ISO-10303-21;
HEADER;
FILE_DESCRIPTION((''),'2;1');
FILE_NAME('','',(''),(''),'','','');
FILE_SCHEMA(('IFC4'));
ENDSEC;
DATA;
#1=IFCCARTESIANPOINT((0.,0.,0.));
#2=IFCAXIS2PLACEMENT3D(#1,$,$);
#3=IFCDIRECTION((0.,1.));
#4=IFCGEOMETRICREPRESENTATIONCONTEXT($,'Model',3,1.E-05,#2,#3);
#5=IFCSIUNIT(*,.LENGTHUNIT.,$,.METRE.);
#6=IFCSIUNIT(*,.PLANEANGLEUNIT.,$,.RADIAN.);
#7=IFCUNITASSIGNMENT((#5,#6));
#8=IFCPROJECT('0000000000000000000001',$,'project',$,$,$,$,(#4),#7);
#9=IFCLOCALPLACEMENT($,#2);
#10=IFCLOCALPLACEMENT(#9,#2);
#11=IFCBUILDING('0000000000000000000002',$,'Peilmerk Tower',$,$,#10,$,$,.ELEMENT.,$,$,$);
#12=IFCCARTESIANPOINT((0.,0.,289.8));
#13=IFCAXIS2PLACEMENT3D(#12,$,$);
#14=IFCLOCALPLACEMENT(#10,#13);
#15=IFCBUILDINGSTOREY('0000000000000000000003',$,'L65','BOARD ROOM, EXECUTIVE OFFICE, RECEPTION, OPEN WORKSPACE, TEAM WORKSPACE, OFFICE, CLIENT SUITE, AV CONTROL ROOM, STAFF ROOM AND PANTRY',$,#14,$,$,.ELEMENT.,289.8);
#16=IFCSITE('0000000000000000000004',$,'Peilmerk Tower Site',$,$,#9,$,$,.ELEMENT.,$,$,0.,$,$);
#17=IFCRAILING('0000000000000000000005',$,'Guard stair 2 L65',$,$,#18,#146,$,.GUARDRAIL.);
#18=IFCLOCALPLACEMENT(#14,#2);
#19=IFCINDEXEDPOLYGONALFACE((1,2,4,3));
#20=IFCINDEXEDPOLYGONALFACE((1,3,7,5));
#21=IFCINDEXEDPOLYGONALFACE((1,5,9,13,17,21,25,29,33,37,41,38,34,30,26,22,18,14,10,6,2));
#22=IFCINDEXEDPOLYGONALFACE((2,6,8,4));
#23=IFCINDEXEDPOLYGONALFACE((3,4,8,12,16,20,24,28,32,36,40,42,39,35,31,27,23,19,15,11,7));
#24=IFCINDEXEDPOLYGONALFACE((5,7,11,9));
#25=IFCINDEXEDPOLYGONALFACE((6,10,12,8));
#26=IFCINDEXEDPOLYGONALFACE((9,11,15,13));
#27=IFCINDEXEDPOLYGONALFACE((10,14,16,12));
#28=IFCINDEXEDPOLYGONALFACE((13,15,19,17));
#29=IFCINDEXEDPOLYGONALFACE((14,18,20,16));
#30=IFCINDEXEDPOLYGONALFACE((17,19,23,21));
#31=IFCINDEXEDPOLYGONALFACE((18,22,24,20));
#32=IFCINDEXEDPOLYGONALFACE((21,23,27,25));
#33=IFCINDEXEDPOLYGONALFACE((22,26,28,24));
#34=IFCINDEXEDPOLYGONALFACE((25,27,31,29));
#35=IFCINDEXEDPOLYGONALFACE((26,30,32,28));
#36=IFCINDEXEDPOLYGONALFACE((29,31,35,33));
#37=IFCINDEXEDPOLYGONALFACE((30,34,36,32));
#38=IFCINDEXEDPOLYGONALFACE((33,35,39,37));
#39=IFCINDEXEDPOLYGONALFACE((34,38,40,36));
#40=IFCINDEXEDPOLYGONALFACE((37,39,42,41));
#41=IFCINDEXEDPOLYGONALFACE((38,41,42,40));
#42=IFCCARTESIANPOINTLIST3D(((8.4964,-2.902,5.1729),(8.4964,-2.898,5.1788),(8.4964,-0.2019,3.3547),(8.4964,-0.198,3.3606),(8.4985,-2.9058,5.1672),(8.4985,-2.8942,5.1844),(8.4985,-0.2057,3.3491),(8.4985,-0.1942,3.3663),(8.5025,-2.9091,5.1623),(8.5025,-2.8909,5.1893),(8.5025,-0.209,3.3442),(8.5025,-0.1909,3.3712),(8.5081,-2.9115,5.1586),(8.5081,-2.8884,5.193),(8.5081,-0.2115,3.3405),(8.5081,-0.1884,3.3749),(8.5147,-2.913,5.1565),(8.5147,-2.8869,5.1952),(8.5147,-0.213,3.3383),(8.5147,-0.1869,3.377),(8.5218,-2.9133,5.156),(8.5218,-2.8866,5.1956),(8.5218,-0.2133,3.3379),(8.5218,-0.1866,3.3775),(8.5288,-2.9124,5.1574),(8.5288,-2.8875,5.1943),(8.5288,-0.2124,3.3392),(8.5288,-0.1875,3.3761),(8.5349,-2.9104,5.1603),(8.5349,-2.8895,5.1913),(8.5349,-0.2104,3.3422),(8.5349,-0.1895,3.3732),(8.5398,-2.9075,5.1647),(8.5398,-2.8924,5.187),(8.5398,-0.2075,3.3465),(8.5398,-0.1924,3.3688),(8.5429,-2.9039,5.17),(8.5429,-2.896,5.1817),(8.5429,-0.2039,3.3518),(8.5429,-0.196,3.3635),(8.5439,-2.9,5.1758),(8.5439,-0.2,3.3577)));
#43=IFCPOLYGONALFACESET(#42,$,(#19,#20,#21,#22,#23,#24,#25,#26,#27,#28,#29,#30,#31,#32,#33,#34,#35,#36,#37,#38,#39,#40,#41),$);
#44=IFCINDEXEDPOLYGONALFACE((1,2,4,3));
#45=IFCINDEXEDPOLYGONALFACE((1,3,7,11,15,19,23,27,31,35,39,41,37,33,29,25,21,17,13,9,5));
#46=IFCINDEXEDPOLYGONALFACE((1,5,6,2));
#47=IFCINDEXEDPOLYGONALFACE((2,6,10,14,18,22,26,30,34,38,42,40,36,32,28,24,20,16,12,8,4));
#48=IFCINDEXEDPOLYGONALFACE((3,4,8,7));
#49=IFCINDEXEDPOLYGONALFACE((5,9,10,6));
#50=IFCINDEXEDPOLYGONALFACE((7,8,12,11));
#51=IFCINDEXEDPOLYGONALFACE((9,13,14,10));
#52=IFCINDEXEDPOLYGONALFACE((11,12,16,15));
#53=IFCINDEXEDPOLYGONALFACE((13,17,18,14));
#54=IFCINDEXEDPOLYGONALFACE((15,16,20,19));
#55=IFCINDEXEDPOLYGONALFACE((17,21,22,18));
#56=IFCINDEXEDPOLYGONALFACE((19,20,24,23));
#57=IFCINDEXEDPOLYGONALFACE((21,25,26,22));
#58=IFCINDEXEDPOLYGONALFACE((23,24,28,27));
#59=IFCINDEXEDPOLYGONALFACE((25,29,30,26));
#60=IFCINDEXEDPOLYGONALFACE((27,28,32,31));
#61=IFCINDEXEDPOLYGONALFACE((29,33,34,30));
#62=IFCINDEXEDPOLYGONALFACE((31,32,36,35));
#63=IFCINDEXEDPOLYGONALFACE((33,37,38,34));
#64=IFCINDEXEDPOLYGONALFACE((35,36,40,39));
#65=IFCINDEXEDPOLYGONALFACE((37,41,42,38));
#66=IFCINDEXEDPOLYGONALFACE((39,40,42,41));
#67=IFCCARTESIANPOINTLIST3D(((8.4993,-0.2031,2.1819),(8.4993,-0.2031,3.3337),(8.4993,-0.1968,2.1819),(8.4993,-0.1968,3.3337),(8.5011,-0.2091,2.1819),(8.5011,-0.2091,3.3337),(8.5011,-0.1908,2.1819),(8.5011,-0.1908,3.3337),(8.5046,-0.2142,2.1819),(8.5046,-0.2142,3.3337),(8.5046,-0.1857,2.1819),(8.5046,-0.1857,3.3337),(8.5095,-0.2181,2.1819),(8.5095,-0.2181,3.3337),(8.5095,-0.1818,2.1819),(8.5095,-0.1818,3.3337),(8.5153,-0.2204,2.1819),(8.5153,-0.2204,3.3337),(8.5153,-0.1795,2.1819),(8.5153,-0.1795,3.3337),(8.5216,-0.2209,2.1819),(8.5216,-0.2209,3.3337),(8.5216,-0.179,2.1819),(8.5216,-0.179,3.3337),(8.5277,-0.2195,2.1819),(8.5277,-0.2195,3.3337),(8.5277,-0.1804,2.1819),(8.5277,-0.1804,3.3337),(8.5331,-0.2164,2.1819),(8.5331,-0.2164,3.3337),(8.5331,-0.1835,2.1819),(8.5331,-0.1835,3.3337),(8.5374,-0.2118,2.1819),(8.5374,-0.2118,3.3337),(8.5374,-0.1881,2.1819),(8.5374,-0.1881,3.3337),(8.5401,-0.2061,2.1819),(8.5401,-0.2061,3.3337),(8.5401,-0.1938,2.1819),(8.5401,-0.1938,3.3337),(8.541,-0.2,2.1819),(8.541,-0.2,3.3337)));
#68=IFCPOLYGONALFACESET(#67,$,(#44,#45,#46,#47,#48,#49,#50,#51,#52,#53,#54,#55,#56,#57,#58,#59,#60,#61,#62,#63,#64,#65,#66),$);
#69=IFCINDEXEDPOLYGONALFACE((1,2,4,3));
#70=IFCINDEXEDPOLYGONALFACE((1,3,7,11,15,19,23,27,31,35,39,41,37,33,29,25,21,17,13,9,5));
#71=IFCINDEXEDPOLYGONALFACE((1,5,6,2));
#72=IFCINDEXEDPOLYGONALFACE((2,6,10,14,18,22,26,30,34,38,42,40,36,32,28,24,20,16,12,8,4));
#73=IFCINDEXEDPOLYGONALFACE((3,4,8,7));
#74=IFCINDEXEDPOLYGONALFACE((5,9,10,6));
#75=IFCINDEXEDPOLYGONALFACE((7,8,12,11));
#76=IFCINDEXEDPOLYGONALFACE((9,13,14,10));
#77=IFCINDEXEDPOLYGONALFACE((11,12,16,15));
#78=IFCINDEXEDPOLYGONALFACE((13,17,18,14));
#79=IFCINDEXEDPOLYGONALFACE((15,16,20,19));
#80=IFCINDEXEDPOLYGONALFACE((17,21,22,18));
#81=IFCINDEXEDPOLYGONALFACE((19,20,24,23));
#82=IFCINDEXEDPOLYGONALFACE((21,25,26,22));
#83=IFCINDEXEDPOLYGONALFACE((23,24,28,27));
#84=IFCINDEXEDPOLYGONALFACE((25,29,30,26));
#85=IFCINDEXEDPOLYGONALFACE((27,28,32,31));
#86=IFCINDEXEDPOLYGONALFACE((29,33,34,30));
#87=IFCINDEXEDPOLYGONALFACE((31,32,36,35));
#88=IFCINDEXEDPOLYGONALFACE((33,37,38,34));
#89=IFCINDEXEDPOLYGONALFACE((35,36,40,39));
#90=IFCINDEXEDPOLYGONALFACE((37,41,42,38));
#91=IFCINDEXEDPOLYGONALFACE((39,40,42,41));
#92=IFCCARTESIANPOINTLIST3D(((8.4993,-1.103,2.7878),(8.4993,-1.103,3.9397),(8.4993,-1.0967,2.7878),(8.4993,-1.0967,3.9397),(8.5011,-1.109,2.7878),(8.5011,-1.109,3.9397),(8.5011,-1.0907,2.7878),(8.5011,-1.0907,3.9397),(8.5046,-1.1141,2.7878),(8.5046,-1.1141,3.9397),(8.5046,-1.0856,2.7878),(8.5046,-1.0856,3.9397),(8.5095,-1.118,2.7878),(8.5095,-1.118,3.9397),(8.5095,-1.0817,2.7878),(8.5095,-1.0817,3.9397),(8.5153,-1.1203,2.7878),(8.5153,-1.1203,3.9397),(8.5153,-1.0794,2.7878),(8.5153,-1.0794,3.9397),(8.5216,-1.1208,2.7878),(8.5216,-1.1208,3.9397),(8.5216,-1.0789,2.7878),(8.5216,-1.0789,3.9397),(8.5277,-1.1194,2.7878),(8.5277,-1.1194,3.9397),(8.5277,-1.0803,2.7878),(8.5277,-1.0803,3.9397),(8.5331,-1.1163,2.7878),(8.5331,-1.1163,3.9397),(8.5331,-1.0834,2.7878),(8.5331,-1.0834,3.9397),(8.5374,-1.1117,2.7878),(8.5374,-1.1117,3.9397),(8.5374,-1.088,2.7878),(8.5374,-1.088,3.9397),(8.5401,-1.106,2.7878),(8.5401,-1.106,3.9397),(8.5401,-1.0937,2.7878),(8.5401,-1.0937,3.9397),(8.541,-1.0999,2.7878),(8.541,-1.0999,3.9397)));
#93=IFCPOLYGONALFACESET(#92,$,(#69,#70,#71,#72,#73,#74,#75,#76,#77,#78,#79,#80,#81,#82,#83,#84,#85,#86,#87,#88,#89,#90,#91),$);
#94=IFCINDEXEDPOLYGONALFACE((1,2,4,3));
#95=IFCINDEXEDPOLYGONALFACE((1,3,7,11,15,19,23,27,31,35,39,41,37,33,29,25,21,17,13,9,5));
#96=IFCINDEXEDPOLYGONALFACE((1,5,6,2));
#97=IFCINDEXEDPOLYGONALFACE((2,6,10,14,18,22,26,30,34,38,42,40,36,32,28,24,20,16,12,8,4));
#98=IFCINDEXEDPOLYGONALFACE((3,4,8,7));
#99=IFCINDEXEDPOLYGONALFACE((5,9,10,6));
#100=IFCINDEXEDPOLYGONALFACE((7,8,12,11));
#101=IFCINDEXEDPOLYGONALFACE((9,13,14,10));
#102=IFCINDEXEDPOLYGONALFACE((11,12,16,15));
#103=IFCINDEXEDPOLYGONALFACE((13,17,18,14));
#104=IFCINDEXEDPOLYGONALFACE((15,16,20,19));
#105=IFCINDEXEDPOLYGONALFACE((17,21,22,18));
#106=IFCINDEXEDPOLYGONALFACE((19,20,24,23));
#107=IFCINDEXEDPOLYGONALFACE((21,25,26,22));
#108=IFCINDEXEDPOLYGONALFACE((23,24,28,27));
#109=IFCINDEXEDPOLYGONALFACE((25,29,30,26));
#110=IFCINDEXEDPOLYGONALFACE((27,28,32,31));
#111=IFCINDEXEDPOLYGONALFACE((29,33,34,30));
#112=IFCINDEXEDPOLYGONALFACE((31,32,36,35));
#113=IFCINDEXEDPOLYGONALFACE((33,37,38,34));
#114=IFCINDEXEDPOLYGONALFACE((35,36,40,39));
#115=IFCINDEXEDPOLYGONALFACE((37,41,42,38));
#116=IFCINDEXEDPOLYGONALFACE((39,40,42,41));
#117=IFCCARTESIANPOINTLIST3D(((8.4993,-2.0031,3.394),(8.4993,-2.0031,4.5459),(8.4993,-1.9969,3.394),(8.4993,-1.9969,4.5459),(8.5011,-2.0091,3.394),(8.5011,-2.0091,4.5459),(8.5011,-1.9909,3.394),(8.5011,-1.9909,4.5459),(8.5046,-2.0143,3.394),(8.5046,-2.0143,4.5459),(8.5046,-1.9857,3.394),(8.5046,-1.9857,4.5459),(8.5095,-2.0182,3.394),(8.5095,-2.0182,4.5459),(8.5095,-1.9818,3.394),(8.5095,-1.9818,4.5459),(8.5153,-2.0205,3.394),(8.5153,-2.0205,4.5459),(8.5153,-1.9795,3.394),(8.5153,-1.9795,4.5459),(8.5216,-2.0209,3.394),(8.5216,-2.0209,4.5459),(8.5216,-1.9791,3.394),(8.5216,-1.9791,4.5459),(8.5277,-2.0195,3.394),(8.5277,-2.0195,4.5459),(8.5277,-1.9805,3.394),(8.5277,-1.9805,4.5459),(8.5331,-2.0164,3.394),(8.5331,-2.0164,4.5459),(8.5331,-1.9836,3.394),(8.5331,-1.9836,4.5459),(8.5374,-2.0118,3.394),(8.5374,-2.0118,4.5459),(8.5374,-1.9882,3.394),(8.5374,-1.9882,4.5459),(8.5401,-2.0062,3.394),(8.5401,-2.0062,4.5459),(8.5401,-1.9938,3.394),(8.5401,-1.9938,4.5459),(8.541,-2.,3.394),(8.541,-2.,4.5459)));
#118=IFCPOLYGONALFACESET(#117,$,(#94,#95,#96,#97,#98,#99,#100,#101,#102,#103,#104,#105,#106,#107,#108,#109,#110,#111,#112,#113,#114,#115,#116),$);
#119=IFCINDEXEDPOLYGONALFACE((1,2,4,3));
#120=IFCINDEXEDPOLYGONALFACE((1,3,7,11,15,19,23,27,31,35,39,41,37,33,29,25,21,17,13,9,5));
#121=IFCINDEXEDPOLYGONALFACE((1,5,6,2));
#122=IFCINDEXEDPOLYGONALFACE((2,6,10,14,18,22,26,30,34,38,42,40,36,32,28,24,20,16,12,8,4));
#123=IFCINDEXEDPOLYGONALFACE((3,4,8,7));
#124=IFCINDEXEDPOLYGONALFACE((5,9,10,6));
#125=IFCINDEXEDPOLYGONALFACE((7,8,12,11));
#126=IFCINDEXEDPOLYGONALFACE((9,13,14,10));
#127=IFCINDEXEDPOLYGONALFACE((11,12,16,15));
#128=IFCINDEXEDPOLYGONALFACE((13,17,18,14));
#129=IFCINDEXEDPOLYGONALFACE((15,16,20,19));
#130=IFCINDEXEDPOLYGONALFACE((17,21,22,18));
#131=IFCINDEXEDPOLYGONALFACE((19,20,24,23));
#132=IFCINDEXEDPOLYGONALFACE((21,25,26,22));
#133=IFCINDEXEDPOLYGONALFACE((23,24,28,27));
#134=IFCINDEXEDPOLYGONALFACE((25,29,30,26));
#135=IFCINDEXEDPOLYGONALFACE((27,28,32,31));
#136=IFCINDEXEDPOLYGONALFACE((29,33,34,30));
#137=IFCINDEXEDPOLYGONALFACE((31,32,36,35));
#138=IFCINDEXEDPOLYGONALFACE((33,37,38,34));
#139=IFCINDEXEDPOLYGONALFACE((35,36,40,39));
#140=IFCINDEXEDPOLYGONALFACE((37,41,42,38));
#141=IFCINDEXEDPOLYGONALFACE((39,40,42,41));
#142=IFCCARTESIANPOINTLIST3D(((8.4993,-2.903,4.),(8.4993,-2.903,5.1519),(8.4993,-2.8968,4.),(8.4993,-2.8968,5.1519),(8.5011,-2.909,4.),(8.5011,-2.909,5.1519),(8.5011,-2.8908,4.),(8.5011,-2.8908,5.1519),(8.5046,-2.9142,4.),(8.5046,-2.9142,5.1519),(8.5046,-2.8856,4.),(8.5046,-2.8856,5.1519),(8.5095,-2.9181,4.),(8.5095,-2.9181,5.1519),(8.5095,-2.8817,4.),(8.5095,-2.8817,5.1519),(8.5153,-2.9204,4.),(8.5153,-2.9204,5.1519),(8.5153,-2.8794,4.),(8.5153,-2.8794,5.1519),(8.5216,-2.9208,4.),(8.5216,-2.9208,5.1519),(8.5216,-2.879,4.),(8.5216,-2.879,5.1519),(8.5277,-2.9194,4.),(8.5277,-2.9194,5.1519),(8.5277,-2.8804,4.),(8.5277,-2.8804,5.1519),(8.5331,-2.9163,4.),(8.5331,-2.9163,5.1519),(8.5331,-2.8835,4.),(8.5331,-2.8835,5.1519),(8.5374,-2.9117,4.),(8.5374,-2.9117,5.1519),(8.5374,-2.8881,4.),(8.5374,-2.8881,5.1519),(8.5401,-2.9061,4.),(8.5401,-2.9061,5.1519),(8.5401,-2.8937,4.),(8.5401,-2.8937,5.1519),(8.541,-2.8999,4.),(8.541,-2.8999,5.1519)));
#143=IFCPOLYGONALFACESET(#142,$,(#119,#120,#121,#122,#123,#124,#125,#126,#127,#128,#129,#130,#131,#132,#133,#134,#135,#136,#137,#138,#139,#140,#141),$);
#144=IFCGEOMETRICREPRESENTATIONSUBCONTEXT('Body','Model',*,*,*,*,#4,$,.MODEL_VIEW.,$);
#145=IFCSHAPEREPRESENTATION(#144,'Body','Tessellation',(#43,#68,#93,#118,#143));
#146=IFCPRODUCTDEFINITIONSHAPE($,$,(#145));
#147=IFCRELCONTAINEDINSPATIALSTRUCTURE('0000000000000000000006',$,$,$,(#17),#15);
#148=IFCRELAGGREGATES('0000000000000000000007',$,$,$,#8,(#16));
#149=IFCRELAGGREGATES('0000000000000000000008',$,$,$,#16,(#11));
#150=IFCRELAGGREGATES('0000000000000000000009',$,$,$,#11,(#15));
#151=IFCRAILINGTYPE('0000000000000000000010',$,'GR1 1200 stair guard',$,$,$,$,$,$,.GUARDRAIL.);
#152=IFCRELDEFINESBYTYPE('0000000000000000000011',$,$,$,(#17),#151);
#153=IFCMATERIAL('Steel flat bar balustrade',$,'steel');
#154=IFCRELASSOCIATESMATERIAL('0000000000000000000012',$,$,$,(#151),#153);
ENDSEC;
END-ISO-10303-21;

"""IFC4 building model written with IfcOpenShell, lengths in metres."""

from ifc_helpers import new_model, si_unit, direction, frame, origin, origin_2d, place, context, subcontext, project, spatial, circle, extrude, material, type_object, element, save


model = new_model("IFC4")

# Units and contexts
model_context = context("Model", 3, precision=1e-05, world=origin(), true_north=direction((0.0, 1.0)))
body_context = subcontext(model_context, "Body", "Model", "MODEL_VIEW")
ifc_project = project(units=[si_unit("LENGTHUNIT", "METRE"), si_unit("PLANEANGLEUNIT", "RADIAN")], contexts=[model_context])

# Site, building, storey
site_placement = place(None, origin())
site = spatial("IfcSite", under=ifc_project, at=site_placement, Name="Peilmerk Tower Site", CompositionType="ELEMENT", RefElevation=0.0)
building_placement = place(site_placement, origin())
building = spatial("IfcBuilding", under=site, at=building_placement, Name="Peilmerk Tower", CompositionType="ELEMENT")
storey_placement = place(building_placement, frame((0.0, 0.0, 289.8)))
storey = spatial("IfcBuildingStorey", under=building, at=storey_placement, Name="L65", Description="BOARD ROOM, EXECUTIVE OFFICE, RECEPTION, OPEN WORKSPACE, TEAM WORKSPACE, OFFICE, CLIENT SUITE, AV CONTROL ROOM, STAFF ROOM AND PANTRY", CompositionType="ELEMENT", Elevation=289.8)

# Railing
ifc_material_1 = material(Name="Steel flat bar balustrade", Category="steel")
railing_type_1 = type_object("IfcRailingType", Name="GR1 1200 stair guard", PredefinedType="GUARDRAIL", material=ifc_material_1)
railing_1_placement = place(storey_placement, frame((8.52, -0.2, 2.1819)))
element("IfcRailing", 1, at=railing_1_placement, inside=storey, type_object=railing_type_1, Name="Guard stair 2 L65", PredefinedType="GUARDRAIL", context=body_context, shape_type="SweptSolid", body=[
    extrude(circle(Radius=0.0239, at=origin_2d()), frame((0.0, 0.0, 1.1758), z_axis=(0.0, -0.829468, 0.558554), x_axis=(1.0, 0.0, 0.0)), (0.0, 0.0, 1.0), 3.2551),
    extrude(circle(Radius=0.021, at=origin_2d()), origin(), (0.0, 0.0, 1.0), 1.1519),
    extrude(circle(Radius=0.021, at=origin_2d()), frame((0.0, -0.8999, 0.606)), (0.0, 0.0, 1.0), 1.1519),
    extrude(circle(Radius=0.021, at=origin_2d()), frame((0.0, -1.8, 1.2122)), (0.0, 0.0, 1.0), 1.1519),
    extrude(circle(Radius=0.021, at=origin_2d()), frame((0.0, -2.7, 1.8181)), (0.0, 0.0, 1.0), 1.1519),
])

save(model, "model.ifc")
